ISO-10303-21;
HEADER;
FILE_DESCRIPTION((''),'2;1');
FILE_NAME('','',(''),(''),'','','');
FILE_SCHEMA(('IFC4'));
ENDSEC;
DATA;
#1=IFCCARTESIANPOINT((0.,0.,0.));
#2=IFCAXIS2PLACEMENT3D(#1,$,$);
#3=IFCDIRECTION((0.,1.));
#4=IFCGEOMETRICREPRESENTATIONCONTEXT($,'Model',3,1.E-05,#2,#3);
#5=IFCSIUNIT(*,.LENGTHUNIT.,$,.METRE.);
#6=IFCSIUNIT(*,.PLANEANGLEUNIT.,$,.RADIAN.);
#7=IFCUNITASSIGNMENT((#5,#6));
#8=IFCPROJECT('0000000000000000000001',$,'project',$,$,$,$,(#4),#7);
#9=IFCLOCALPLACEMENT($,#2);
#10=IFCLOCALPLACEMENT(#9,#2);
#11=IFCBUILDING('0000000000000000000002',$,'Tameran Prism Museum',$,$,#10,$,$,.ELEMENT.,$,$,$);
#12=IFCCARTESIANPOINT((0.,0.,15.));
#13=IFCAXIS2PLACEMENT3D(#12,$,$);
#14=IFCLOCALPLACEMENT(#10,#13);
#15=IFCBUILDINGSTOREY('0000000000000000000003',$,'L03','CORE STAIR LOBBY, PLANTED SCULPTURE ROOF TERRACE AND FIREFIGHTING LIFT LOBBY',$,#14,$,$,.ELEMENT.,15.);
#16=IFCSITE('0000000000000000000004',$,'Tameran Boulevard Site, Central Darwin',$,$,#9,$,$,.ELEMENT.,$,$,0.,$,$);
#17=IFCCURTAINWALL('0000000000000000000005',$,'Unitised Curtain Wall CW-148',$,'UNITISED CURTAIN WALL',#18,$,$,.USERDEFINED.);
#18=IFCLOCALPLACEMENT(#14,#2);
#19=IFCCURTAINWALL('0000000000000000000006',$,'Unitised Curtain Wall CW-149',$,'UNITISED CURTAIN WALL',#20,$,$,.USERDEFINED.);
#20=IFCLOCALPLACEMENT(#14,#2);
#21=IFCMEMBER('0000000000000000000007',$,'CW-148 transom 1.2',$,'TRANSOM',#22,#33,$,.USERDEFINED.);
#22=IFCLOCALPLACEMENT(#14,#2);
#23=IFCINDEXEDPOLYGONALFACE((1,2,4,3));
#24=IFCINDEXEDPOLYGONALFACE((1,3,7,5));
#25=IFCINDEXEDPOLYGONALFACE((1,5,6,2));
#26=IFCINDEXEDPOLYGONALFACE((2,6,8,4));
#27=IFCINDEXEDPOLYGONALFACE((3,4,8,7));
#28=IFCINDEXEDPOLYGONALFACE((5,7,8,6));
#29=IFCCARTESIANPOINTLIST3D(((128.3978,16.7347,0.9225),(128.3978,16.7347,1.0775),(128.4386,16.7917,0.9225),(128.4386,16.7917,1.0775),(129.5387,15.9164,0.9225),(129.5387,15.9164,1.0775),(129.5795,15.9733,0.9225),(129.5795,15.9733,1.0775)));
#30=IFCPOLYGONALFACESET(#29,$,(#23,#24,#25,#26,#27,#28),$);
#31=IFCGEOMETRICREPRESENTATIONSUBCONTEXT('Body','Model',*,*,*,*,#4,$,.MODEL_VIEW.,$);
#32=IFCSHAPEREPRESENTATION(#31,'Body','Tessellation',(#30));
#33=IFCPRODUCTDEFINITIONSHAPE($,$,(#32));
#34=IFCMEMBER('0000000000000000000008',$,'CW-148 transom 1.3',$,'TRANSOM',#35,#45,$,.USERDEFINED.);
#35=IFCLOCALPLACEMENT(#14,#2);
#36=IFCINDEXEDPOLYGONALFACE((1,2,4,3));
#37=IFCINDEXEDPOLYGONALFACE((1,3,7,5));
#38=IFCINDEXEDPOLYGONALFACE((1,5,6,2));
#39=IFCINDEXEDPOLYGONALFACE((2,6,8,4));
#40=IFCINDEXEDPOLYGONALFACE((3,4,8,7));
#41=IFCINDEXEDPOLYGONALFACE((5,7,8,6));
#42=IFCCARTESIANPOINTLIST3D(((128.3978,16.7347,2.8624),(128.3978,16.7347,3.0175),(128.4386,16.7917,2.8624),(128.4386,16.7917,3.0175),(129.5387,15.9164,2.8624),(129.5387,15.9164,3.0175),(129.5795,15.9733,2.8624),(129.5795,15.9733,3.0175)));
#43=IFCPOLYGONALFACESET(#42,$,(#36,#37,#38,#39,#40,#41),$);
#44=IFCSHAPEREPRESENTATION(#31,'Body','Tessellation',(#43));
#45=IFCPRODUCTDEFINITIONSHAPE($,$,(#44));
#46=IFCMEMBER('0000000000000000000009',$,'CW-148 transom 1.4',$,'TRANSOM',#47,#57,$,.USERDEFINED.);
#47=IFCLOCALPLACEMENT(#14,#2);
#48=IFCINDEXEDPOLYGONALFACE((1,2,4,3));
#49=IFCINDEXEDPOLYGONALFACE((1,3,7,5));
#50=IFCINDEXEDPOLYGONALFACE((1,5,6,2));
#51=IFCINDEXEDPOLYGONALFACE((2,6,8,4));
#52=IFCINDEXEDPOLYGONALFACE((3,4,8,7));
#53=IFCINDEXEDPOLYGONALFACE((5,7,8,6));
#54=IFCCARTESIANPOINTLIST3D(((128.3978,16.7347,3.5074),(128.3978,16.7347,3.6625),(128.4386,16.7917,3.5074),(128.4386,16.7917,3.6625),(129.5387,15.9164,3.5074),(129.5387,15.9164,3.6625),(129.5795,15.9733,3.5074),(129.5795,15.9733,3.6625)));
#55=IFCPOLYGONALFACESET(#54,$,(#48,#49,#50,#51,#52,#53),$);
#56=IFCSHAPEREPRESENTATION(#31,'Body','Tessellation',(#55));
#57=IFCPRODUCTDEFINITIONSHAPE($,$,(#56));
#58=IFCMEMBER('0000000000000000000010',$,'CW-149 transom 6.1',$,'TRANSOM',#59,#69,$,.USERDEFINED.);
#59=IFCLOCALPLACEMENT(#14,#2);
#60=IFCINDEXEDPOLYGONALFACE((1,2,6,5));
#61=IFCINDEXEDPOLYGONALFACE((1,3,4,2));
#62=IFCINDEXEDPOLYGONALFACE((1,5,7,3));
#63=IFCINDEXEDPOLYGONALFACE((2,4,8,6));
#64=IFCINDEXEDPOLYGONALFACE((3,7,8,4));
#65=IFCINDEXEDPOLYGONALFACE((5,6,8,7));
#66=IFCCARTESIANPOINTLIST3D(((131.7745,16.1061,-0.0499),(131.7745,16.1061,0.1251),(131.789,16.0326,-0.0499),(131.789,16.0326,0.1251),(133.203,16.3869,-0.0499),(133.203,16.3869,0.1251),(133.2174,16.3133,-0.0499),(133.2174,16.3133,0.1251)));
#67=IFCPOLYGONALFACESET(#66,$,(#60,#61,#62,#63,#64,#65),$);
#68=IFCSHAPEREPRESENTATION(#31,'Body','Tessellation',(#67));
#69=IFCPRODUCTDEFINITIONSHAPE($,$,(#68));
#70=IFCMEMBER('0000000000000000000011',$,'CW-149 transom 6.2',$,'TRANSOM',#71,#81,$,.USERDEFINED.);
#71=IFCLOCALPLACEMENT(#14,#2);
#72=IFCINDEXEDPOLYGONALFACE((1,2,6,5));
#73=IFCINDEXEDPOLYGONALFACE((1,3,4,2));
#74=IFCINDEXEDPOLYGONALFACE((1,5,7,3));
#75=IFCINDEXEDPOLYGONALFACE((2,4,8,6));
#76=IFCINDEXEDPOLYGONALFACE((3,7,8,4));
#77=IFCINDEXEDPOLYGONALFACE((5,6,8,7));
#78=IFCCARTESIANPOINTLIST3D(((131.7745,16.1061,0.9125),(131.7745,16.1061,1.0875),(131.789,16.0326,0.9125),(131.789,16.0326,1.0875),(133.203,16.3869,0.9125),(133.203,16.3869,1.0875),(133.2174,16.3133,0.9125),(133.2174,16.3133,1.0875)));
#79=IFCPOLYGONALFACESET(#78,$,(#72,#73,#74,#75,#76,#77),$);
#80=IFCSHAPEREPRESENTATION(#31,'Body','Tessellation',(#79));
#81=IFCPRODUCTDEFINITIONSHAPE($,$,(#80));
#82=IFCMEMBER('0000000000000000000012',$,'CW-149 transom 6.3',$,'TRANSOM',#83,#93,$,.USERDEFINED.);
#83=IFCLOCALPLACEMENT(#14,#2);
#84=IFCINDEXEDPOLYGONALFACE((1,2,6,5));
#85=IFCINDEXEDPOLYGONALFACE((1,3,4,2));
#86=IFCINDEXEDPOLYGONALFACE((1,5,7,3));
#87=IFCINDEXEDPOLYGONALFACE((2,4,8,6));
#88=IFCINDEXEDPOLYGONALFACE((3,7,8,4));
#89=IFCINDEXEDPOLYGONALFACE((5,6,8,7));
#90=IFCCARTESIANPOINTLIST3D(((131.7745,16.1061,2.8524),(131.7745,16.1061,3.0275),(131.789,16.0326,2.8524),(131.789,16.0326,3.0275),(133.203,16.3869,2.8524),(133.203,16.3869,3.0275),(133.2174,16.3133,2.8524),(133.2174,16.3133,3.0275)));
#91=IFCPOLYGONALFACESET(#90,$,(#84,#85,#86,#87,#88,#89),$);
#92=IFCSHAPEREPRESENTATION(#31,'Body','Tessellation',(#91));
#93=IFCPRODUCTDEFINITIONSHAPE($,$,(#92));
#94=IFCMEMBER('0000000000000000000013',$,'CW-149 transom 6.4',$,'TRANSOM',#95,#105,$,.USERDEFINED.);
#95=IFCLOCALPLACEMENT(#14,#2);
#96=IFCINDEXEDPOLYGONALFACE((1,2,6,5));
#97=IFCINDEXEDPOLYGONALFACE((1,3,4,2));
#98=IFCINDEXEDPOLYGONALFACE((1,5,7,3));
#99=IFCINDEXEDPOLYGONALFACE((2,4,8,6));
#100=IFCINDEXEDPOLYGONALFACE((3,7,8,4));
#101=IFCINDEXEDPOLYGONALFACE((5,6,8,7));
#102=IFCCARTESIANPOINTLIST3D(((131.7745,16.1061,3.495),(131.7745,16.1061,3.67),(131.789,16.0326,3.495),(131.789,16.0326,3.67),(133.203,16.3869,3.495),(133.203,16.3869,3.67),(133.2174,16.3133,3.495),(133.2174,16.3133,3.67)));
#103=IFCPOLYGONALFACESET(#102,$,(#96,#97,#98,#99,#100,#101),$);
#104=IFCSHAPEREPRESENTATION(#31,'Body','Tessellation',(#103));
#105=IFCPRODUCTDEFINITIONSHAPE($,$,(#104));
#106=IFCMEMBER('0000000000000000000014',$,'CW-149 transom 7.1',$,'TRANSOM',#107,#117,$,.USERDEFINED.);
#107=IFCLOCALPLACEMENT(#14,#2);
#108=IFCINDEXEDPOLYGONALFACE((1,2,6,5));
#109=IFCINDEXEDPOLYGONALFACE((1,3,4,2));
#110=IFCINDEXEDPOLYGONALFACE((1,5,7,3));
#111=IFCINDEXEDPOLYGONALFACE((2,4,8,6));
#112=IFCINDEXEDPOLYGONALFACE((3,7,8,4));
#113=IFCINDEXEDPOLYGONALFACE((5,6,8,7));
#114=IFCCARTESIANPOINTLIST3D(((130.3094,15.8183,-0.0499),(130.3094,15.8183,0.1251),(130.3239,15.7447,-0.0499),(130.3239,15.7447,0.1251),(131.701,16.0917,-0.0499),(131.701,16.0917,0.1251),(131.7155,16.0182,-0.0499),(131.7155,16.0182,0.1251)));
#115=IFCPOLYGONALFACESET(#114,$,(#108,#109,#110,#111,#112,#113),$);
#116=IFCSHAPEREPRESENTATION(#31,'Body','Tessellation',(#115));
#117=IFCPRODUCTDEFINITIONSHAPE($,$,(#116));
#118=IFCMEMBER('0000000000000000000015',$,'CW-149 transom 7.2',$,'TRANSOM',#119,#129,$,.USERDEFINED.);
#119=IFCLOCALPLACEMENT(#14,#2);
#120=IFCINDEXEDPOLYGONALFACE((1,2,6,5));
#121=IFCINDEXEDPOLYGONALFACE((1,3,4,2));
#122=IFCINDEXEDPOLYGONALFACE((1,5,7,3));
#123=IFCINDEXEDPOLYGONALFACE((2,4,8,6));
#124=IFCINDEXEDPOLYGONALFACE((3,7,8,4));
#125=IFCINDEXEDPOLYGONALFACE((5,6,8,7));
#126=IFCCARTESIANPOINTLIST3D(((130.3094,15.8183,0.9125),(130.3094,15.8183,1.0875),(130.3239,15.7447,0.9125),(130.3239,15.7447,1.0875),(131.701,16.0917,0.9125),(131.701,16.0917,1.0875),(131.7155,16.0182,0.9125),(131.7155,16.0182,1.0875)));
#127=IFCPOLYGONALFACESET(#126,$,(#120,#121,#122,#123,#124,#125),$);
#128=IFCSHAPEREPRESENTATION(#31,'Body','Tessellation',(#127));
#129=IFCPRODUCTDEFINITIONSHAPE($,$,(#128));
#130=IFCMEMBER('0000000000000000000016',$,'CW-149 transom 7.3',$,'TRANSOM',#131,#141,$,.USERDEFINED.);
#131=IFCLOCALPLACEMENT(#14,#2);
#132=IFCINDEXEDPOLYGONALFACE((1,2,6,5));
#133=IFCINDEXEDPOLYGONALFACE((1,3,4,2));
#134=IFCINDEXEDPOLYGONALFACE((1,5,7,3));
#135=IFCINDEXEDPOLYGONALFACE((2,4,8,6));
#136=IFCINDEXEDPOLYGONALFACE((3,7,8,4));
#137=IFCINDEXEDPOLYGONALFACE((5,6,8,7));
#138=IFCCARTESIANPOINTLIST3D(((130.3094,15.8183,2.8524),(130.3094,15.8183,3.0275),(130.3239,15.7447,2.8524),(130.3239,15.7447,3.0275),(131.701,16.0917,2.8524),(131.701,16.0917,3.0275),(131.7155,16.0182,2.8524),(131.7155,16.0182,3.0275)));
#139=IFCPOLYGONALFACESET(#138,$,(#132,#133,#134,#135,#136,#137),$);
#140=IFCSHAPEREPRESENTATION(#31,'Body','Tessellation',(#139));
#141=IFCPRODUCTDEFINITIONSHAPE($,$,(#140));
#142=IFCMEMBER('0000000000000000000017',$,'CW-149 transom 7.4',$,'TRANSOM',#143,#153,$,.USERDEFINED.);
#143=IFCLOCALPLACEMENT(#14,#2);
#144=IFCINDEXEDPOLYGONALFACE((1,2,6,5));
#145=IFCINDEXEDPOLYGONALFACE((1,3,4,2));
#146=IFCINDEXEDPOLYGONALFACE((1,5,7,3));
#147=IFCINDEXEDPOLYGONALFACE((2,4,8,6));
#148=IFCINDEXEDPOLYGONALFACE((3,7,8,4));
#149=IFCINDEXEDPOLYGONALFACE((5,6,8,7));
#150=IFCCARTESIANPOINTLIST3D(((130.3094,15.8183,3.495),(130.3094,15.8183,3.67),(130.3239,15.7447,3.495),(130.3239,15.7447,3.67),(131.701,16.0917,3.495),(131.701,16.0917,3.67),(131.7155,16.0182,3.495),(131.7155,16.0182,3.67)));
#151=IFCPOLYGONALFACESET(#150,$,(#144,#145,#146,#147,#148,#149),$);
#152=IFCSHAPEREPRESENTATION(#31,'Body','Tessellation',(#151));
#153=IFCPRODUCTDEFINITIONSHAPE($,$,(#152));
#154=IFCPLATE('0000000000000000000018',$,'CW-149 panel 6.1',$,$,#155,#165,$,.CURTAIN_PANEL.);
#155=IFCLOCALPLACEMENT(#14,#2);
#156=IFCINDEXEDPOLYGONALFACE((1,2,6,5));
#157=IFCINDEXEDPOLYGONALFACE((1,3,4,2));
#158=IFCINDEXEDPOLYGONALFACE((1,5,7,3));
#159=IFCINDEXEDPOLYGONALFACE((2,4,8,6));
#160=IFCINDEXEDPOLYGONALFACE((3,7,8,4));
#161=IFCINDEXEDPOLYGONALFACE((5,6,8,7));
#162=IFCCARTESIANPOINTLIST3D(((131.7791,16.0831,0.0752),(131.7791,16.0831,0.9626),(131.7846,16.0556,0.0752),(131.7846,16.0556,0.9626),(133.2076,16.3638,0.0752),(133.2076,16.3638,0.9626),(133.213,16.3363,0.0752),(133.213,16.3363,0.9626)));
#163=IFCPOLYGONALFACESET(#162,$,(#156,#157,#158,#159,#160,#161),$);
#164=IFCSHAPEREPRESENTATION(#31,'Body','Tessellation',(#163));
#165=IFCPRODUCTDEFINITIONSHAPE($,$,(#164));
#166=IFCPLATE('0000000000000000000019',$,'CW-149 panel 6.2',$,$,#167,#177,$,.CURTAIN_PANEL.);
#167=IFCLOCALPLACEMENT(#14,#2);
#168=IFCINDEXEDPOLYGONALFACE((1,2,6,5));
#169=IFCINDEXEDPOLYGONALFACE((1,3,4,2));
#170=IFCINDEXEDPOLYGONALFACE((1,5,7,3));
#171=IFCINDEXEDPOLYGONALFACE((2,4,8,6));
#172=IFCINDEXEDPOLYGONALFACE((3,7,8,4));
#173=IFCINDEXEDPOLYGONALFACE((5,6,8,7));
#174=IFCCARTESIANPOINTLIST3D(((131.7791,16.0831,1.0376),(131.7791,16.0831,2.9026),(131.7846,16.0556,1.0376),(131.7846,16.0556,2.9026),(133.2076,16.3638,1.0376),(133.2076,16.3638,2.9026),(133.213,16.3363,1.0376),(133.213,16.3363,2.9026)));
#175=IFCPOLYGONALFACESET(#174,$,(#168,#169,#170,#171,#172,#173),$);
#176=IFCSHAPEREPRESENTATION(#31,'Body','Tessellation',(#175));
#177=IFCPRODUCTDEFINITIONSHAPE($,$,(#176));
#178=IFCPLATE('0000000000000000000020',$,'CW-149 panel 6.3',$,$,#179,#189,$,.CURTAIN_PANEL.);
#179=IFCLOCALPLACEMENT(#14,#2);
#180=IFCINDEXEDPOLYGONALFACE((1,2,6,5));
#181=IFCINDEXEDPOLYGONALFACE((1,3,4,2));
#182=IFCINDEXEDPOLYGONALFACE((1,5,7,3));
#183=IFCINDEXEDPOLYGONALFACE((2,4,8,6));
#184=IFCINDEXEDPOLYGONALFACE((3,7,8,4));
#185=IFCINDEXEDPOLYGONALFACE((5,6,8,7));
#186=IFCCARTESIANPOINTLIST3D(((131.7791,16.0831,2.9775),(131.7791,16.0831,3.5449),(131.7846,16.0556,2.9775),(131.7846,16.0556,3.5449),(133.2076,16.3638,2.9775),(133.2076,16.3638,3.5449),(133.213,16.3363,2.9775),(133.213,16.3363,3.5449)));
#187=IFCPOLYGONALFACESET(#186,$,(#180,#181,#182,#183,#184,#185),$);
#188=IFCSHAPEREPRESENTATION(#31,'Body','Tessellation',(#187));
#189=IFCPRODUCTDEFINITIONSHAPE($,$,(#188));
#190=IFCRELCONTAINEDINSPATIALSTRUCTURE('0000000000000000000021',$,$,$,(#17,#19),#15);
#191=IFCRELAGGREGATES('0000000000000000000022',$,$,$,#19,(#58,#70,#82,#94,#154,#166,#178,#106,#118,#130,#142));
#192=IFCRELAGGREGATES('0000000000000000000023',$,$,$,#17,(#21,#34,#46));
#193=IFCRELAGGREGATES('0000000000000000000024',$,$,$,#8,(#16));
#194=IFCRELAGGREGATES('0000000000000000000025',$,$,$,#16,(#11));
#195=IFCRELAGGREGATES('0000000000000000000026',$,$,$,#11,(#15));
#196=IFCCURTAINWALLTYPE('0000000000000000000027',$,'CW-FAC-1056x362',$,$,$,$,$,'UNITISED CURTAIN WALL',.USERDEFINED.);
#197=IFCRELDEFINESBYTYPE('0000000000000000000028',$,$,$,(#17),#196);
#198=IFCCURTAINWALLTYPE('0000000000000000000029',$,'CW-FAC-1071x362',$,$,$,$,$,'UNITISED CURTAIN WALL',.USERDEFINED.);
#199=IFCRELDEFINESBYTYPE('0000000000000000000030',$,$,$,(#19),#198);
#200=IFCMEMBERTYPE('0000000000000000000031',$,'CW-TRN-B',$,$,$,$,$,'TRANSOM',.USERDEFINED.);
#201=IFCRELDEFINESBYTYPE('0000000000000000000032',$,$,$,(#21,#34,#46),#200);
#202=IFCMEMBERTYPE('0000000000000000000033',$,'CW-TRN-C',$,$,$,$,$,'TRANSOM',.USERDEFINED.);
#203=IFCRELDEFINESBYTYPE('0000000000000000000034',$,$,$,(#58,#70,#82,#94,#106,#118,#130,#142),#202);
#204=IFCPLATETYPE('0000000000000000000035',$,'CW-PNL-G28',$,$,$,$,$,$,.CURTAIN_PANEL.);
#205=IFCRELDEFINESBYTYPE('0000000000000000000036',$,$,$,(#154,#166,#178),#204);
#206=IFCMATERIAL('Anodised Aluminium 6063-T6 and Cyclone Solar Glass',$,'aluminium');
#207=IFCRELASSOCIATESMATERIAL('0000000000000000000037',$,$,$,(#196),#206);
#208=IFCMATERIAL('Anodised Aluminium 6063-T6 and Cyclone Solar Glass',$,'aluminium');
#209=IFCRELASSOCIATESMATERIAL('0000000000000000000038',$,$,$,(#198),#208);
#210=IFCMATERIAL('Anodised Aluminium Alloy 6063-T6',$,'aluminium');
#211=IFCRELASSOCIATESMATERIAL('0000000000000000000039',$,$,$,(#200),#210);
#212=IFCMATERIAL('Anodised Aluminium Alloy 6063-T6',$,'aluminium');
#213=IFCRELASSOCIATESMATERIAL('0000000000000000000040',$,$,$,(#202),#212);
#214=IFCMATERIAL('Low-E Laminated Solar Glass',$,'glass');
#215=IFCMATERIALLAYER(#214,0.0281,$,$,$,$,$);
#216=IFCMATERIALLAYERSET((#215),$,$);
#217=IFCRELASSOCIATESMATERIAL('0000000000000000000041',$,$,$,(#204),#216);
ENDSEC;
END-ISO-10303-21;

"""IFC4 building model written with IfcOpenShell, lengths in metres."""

from ifc_helpers import new_model, si_unit, direction, frame, origin, origin_2d, place, context, subcontext, project, spatial, rectangle, extrude, material, layer, layer_set, material_profile, profile_set, type_object, element, aggregate, save


model = new_model("IFC4")

# Units and contexts
model_context = context("Model", 3, precision=1e-05, world=origin(), true_north=direction((0.0, 1.0)))
body_context = subcontext(model_context, "Body", "Model", "MODEL_VIEW")
ifc_project = project(units=[si_unit("LENGTHUNIT", "METRE"), si_unit("PLANEANGLEUNIT", "RADIAN")], contexts=[model_context])

# Site, building, storey
site_placement = place(None, origin())
site = spatial("IfcSite", under=ifc_project, at=site_placement, Name="Tameran Boulevard Site, Central Darwin", CompositionType="ELEMENT", RefElevation=0.0)
building_placement = place(site_placement, origin())
building = spatial("IfcBuilding", under=site, at=building_placement, Name="Tameran Prism Museum", CompositionType="ELEMENT")
storey_placement = place(building_placement, frame((0.0, 0.0, 15.0)))
storey = spatial("IfcBuildingStorey", under=building, at=storey_placement, Name="L03", Description="CORE STAIR LOBBY, PLANTED SCULPTURE ROOF TERRACE AND FIREFIGHTING LIFT LOBBY", CompositionType="ELEMENT", Elevation=15.0)

# Curtain wall
ifc_material_1 = material(Name="Anodised Aluminium 6063-T6 and Cyclone Solar Glass", Category="aluminium")
curtain_wall_type_1 = type_object("IfcCurtainWallType", Name="CW-FAC-1056x362", ElementType="UNITISED CURTAIN WALL", PredefinedType="USERDEFINED", material=ifc_material_1)
curtain_wall_1_placement = place(storey_placement, origin())
curtain_wall_1 = element("IfcCurtainWall", 1, at=curtain_wall_1_placement, inside=storey, type_object=curtain_wall_type_1, Name="Unitised Curtain Wall CW-148", ObjectType="UNITISED CURTAIN WALL", PredefinedType="USERDEFINED")

# Curtain wall
ifc_material_2 = material(Name="Anodised Aluminium 6063-T6 and Cyclone Solar Glass", Category="aluminium")
curtain_wall_type_2 = type_object("IfcCurtainWallType", Name="CW-FAC-1071x362", ElementType="UNITISED CURTAIN WALL", PredefinedType="USERDEFINED", material=ifc_material_2)
curtain_wall_2_placement = place(storey_placement, origin())
curtain_wall_2 = element("IfcCurtainWall", 2, at=curtain_wall_2_placement, inside=storey, type_object=curtain_wall_type_2, Name="Unitised Curtain Wall CW-149", ObjectType="UNITISED CURTAIN WALL", PredefinedType="USERDEFINED")

# Members
ifc_material_3 = material(Name="Anodised Aluminium Alloy 6063-T6", Category="aluminium")
ifc_material_profile_1 = material_profile(ifc_material_3, rectangle(XDim=0.0701, YDim=0.155, at=origin_2d()))
ifc_profile_set_1 = profile_set([ifc_material_profile_1])
member_type_1 = type_object("IfcMemberType", Name="CW-TRN-B", ElementType="TRANSOM", PredefinedType="USERDEFINED", material=ifc_profile_set_1)
member_1_placement = place(storey_placement, frame((129.5591, 15.9448, 1.0), z_axis=(-0.812569, 0.582865, 0.0), x_axis=(-0.582865, -0.812569, 0.0)))
member_1 = element("IfcMember", 3, at=member_1_placement, type_object=member_type_1, Name="CW-148 transom 1.2", ObjectType="TRANSOM", PredefinedType="USERDEFINED", context=body_context, shape_type="SweptSolid", body=[
    extrude(rectangle(XDim=0.0701, YDim=0.155, at=origin_2d()), origin(), (0.0, 0.0, 1.0), 1.4041),
])
member_2_placement = place(storey_placement, frame((129.5591, 15.9448, 2.9399), z_axis=(-0.812569, 0.582865, 0.0), x_axis=(-0.582865, -0.812569, 0.0)))
member_2 = element("IfcMember", 4, at=member_2_placement, type_object=member_type_1, Name="CW-148 transom 1.3", ObjectType="TRANSOM", PredefinedType="USERDEFINED", context=body_context, shape_type="SweptSolid", body=[
    extrude(rectangle(XDim=0.0701, YDim=0.155, at=origin_2d()), origin(), (0.0, 0.0, 1.0), 1.4041),
])
member_3_placement = place(storey_placement, frame((129.5591, 15.9448, 3.585), z_axis=(-0.812569, 0.582865, 0.0), x_axis=(-0.582865, -0.812569, 0.0)))
member_3 = element("IfcMember", 5, at=member_3_placement, type_object=member_type_1, Name="CW-148 transom 1.4", ObjectType="TRANSOM", PredefinedType="USERDEFINED", context=body_context, shape_type="SweptSolid", body=[
    extrude(rectangle(XDim=0.0701, YDim=0.155, at=origin_2d()), origin(), (0.0, 0.0, 1.0), 1.4041),
])
ifc_material_4 = material(Name="Anodised Aluminium Alloy 6063-T6", Category="aluminium")
ifc_material_profile_2 = material_profile(ifc_material_4, rectangle(XDim=0.075, YDim=0.175, at=origin_2d()))
ifc_profile_set_2 = profile_set([ifc_material_profile_2])
member_type_2 = type_object("IfcMemberType", Name="CW-TRN-C", ElementType="TRANSOM", PredefinedType="USERDEFINED", material=ifc_profile_set_2)
member_4_placement = place(storey_placement, frame((133.2102, 16.3501, 0.0376), z_axis=(-0.981227, -0.192858, 0.0), x_axis=(0.192858, -0.981227, 0.0)))
member_4 = element("IfcMember", 6, at=member_4_placement, type_object=member_type_2, Name="CW-149 transom 6.1", ObjectType="TRANSOM", PredefinedType="USERDEFINED", context=body_context, shape_type="SweptSolid", body=[
    extrude(rectangle(XDim=0.075, YDim=0.175, at=origin_2d()), origin(), (0.0, 0.0, 1.0), 1.4558),
])
member_5_placement = place(storey_placement, frame((133.2102, 16.3501, 1.0), z_axis=(-0.981227, -0.192858, 0.0), x_axis=(0.192858, -0.981227, 0.0)))
member_5 = element("IfcMember", 7, at=member_5_placement, type_object=member_type_2, Name="CW-149 transom 6.2", ObjectType="TRANSOM", PredefinedType="USERDEFINED", context=body_context, shape_type="SweptSolid", body=[
    extrude(rectangle(XDim=0.075, YDim=0.175, at=origin_2d()), origin(), (0.0, 0.0, 1.0), 1.4558),
])
member_6_placement = place(storey_placement, frame((133.2102, 16.3501, 2.9399), z_axis=(-0.981227, -0.192858, 0.0), x_axis=(0.192858, -0.981227, 0.0)))
member_6 = element("IfcMember", 8, at=member_6_placement, type_object=member_type_2, Name="CW-149 transom 6.3", ObjectType="TRANSOM", PredefinedType="USERDEFINED", context=body_context, shape_type="SweptSolid", body=[
    extrude(rectangle(XDim=0.075, YDim=0.175, at=origin_2d()), origin(), (0.0, 0.0, 1.0), 1.4558),
])
member_7_placement = place(storey_placement, frame((133.2102, 16.3501, 3.5825), z_axis=(-0.981227, -0.192858, 0.0), x_axis=(0.192858, -0.981227, 0.0)))
member_7 = element("IfcMember", 9, at=member_7_placement, type_object=member_type_2, Name="CW-149 transom 6.4", ObjectType="TRANSOM", PredefinedType="USERDEFINED", context=body_context, shape_type="SweptSolid", body=[
    extrude(rectangle(XDim=0.075, YDim=0.175, at=origin_2d()), origin(), (0.0, 0.0, 1.0), 1.4558),
])
member_8_placement = place(storey_placement, frame((131.7083, 16.0549, 0.0376), z_axis=(-0.981237, -0.192805, 0.0), x_axis=(0.192805, -0.981237, 0.0)))
member_8 = element("IfcMember", 10, at=member_8_placement, type_object=member_type_2, Name="CW-149 transom 7.1", ObjectType="TRANSOM", PredefinedType="USERDEFINED", context=body_context, shape_type="SweptSolid", body=[
    extrude(rectangle(XDim=0.075, YDim=0.175, at=origin_2d()), origin(), (0.0, 0.0, 1.0), 1.4182),
])
member_9_placement = place(storey_placement, frame((131.7083, 16.0549, 1.0), z_axis=(-0.981237, -0.192805, 0.0), x_axis=(0.192805, -0.981237, 0.0)))
member_9 = element("IfcMember", 11, at=member_9_placement, type_object=member_type_2, Name="CW-149 transom 7.2", ObjectType="TRANSOM", PredefinedType="USERDEFINED", context=body_context, shape_type="SweptSolid", body=[
    extrude(rectangle(XDim=0.075, YDim=0.175, at=origin_2d()), origin(), (0.0, 0.0, 1.0), 1.4182),
])
member_10_placement = place(storey_placement, frame((131.7083, 16.0549, 2.9399), z_axis=(-0.981237, -0.192805, 0.0), x_axis=(0.192805, -0.981237, 0.0)))
member_10 = element("IfcMember", 12, at=member_10_placement, type_object=member_type_2, Name="CW-149 transom 7.3", ObjectType="TRANSOM", PredefinedType="USERDEFINED", context=body_context, shape_type="SweptSolid", body=[
    extrude(rectangle(XDim=0.075, YDim=0.175, at=origin_2d()), origin(), (0.0, 0.0, 1.0), 1.4182),
])
member_11_placement = place(storey_placement, frame((131.7083, 16.0549, 3.5825), z_axis=(-0.981237, -0.192805, 0.0), x_axis=(0.192805, -0.981237, 0.0)))
member_11 = element("IfcMember", 13, at=member_11_placement, type_object=member_type_2, Name="CW-149 transom 7.4", ObjectType="TRANSOM", PredefinedType="USERDEFINED", context=body_context, shape_type="SweptSolid", body=[
    extrude(rectangle(XDim=0.075, YDim=0.175, at=origin_2d()), origin(), (0.0, 0.0, 1.0), 1.4182),
])

# Plates
ifc_material_5 = material(Name="Low-E Laminated Solar Glass", Category="glass")
ifc_layer_1 = layer(ifc_material_5, 0.0281)
ifc_layer_set_1 = layer_set([ifc_layer_1])
plate_type_1 = type_object("IfcPlateType", Name="CW-PNL-G28", PredefinedType="CURTAIN_PANEL", material=ifc_layer_set_1)
plate_1_placement = place(storey_placement, frame((132.4961, 16.2097, 0.0752), z_axis=(0.0, 0.0, 1.0), x_axis=(-0.981236, -0.192813, 0.0)))
plate_1 = element("IfcPlate", 14, at=plate_1_placement, type_object=plate_type_1, Name="CW-149 panel 6.1", PredefinedType="CURTAIN_PANEL", context=body_context, shape_type="SweptSolid", body=[
    extrude(rectangle(XDim=1.4558, YDim=0.0281, at=origin_2d()), origin(), (0.0, 0.0, 1.0), 0.8875),
])
plate_2_placement = place(storey_placement, frame((132.4961, 16.2097, 1.0376), z_axis=(0.0, 0.0, 1.0), x_axis=(-0.981236, -0.192813, 0.0)))
plate_2 = element("IfcPlate", 15, at=plate_2_placement, type_object=plate_type_1, Name="CW-149 panel 6.2", PredefinedType="CURTAIN_PANEL", context=body_context, shape_type="SweptSolid", body=[
    extrude(rectangle(XDim=1.4558, YDim=0.0281, at=origin_2d()), origin(), (0.0, 0.0, 1.0), 1.865),
])
plate_3_placement = place(storey_placement, frame((132.4961, 16.2097, 2.9775), z_axis=(0.0, 0.0, 1.0), x_axis=(-0.981236, -0.192813, 0.0)))
plate_3 = element("IfcPlate", 16, at=plate_3_placement, type_object=plate_type_1, Name="CW-149 panel 6.3", PredefinedType="CURTAIN_PANEL", context=body_context, shape_type="SweptSolid", body=[
    extrude(rectangle(XDim=1.4558, YDim=0.0281, at=origin_2d()), origin(), (0.0, 0.0, 1.0), 0.5674),
])
aggregate(curtain_wall_2, [member_4, member_5, member_6, member_7, plate_1, plate_2, plate_3, member_8, member_9, member_10, member_11])
aggregate(curtain_wall_1, [member_1, member_2, member_3])

save(model, "model.ifc")
